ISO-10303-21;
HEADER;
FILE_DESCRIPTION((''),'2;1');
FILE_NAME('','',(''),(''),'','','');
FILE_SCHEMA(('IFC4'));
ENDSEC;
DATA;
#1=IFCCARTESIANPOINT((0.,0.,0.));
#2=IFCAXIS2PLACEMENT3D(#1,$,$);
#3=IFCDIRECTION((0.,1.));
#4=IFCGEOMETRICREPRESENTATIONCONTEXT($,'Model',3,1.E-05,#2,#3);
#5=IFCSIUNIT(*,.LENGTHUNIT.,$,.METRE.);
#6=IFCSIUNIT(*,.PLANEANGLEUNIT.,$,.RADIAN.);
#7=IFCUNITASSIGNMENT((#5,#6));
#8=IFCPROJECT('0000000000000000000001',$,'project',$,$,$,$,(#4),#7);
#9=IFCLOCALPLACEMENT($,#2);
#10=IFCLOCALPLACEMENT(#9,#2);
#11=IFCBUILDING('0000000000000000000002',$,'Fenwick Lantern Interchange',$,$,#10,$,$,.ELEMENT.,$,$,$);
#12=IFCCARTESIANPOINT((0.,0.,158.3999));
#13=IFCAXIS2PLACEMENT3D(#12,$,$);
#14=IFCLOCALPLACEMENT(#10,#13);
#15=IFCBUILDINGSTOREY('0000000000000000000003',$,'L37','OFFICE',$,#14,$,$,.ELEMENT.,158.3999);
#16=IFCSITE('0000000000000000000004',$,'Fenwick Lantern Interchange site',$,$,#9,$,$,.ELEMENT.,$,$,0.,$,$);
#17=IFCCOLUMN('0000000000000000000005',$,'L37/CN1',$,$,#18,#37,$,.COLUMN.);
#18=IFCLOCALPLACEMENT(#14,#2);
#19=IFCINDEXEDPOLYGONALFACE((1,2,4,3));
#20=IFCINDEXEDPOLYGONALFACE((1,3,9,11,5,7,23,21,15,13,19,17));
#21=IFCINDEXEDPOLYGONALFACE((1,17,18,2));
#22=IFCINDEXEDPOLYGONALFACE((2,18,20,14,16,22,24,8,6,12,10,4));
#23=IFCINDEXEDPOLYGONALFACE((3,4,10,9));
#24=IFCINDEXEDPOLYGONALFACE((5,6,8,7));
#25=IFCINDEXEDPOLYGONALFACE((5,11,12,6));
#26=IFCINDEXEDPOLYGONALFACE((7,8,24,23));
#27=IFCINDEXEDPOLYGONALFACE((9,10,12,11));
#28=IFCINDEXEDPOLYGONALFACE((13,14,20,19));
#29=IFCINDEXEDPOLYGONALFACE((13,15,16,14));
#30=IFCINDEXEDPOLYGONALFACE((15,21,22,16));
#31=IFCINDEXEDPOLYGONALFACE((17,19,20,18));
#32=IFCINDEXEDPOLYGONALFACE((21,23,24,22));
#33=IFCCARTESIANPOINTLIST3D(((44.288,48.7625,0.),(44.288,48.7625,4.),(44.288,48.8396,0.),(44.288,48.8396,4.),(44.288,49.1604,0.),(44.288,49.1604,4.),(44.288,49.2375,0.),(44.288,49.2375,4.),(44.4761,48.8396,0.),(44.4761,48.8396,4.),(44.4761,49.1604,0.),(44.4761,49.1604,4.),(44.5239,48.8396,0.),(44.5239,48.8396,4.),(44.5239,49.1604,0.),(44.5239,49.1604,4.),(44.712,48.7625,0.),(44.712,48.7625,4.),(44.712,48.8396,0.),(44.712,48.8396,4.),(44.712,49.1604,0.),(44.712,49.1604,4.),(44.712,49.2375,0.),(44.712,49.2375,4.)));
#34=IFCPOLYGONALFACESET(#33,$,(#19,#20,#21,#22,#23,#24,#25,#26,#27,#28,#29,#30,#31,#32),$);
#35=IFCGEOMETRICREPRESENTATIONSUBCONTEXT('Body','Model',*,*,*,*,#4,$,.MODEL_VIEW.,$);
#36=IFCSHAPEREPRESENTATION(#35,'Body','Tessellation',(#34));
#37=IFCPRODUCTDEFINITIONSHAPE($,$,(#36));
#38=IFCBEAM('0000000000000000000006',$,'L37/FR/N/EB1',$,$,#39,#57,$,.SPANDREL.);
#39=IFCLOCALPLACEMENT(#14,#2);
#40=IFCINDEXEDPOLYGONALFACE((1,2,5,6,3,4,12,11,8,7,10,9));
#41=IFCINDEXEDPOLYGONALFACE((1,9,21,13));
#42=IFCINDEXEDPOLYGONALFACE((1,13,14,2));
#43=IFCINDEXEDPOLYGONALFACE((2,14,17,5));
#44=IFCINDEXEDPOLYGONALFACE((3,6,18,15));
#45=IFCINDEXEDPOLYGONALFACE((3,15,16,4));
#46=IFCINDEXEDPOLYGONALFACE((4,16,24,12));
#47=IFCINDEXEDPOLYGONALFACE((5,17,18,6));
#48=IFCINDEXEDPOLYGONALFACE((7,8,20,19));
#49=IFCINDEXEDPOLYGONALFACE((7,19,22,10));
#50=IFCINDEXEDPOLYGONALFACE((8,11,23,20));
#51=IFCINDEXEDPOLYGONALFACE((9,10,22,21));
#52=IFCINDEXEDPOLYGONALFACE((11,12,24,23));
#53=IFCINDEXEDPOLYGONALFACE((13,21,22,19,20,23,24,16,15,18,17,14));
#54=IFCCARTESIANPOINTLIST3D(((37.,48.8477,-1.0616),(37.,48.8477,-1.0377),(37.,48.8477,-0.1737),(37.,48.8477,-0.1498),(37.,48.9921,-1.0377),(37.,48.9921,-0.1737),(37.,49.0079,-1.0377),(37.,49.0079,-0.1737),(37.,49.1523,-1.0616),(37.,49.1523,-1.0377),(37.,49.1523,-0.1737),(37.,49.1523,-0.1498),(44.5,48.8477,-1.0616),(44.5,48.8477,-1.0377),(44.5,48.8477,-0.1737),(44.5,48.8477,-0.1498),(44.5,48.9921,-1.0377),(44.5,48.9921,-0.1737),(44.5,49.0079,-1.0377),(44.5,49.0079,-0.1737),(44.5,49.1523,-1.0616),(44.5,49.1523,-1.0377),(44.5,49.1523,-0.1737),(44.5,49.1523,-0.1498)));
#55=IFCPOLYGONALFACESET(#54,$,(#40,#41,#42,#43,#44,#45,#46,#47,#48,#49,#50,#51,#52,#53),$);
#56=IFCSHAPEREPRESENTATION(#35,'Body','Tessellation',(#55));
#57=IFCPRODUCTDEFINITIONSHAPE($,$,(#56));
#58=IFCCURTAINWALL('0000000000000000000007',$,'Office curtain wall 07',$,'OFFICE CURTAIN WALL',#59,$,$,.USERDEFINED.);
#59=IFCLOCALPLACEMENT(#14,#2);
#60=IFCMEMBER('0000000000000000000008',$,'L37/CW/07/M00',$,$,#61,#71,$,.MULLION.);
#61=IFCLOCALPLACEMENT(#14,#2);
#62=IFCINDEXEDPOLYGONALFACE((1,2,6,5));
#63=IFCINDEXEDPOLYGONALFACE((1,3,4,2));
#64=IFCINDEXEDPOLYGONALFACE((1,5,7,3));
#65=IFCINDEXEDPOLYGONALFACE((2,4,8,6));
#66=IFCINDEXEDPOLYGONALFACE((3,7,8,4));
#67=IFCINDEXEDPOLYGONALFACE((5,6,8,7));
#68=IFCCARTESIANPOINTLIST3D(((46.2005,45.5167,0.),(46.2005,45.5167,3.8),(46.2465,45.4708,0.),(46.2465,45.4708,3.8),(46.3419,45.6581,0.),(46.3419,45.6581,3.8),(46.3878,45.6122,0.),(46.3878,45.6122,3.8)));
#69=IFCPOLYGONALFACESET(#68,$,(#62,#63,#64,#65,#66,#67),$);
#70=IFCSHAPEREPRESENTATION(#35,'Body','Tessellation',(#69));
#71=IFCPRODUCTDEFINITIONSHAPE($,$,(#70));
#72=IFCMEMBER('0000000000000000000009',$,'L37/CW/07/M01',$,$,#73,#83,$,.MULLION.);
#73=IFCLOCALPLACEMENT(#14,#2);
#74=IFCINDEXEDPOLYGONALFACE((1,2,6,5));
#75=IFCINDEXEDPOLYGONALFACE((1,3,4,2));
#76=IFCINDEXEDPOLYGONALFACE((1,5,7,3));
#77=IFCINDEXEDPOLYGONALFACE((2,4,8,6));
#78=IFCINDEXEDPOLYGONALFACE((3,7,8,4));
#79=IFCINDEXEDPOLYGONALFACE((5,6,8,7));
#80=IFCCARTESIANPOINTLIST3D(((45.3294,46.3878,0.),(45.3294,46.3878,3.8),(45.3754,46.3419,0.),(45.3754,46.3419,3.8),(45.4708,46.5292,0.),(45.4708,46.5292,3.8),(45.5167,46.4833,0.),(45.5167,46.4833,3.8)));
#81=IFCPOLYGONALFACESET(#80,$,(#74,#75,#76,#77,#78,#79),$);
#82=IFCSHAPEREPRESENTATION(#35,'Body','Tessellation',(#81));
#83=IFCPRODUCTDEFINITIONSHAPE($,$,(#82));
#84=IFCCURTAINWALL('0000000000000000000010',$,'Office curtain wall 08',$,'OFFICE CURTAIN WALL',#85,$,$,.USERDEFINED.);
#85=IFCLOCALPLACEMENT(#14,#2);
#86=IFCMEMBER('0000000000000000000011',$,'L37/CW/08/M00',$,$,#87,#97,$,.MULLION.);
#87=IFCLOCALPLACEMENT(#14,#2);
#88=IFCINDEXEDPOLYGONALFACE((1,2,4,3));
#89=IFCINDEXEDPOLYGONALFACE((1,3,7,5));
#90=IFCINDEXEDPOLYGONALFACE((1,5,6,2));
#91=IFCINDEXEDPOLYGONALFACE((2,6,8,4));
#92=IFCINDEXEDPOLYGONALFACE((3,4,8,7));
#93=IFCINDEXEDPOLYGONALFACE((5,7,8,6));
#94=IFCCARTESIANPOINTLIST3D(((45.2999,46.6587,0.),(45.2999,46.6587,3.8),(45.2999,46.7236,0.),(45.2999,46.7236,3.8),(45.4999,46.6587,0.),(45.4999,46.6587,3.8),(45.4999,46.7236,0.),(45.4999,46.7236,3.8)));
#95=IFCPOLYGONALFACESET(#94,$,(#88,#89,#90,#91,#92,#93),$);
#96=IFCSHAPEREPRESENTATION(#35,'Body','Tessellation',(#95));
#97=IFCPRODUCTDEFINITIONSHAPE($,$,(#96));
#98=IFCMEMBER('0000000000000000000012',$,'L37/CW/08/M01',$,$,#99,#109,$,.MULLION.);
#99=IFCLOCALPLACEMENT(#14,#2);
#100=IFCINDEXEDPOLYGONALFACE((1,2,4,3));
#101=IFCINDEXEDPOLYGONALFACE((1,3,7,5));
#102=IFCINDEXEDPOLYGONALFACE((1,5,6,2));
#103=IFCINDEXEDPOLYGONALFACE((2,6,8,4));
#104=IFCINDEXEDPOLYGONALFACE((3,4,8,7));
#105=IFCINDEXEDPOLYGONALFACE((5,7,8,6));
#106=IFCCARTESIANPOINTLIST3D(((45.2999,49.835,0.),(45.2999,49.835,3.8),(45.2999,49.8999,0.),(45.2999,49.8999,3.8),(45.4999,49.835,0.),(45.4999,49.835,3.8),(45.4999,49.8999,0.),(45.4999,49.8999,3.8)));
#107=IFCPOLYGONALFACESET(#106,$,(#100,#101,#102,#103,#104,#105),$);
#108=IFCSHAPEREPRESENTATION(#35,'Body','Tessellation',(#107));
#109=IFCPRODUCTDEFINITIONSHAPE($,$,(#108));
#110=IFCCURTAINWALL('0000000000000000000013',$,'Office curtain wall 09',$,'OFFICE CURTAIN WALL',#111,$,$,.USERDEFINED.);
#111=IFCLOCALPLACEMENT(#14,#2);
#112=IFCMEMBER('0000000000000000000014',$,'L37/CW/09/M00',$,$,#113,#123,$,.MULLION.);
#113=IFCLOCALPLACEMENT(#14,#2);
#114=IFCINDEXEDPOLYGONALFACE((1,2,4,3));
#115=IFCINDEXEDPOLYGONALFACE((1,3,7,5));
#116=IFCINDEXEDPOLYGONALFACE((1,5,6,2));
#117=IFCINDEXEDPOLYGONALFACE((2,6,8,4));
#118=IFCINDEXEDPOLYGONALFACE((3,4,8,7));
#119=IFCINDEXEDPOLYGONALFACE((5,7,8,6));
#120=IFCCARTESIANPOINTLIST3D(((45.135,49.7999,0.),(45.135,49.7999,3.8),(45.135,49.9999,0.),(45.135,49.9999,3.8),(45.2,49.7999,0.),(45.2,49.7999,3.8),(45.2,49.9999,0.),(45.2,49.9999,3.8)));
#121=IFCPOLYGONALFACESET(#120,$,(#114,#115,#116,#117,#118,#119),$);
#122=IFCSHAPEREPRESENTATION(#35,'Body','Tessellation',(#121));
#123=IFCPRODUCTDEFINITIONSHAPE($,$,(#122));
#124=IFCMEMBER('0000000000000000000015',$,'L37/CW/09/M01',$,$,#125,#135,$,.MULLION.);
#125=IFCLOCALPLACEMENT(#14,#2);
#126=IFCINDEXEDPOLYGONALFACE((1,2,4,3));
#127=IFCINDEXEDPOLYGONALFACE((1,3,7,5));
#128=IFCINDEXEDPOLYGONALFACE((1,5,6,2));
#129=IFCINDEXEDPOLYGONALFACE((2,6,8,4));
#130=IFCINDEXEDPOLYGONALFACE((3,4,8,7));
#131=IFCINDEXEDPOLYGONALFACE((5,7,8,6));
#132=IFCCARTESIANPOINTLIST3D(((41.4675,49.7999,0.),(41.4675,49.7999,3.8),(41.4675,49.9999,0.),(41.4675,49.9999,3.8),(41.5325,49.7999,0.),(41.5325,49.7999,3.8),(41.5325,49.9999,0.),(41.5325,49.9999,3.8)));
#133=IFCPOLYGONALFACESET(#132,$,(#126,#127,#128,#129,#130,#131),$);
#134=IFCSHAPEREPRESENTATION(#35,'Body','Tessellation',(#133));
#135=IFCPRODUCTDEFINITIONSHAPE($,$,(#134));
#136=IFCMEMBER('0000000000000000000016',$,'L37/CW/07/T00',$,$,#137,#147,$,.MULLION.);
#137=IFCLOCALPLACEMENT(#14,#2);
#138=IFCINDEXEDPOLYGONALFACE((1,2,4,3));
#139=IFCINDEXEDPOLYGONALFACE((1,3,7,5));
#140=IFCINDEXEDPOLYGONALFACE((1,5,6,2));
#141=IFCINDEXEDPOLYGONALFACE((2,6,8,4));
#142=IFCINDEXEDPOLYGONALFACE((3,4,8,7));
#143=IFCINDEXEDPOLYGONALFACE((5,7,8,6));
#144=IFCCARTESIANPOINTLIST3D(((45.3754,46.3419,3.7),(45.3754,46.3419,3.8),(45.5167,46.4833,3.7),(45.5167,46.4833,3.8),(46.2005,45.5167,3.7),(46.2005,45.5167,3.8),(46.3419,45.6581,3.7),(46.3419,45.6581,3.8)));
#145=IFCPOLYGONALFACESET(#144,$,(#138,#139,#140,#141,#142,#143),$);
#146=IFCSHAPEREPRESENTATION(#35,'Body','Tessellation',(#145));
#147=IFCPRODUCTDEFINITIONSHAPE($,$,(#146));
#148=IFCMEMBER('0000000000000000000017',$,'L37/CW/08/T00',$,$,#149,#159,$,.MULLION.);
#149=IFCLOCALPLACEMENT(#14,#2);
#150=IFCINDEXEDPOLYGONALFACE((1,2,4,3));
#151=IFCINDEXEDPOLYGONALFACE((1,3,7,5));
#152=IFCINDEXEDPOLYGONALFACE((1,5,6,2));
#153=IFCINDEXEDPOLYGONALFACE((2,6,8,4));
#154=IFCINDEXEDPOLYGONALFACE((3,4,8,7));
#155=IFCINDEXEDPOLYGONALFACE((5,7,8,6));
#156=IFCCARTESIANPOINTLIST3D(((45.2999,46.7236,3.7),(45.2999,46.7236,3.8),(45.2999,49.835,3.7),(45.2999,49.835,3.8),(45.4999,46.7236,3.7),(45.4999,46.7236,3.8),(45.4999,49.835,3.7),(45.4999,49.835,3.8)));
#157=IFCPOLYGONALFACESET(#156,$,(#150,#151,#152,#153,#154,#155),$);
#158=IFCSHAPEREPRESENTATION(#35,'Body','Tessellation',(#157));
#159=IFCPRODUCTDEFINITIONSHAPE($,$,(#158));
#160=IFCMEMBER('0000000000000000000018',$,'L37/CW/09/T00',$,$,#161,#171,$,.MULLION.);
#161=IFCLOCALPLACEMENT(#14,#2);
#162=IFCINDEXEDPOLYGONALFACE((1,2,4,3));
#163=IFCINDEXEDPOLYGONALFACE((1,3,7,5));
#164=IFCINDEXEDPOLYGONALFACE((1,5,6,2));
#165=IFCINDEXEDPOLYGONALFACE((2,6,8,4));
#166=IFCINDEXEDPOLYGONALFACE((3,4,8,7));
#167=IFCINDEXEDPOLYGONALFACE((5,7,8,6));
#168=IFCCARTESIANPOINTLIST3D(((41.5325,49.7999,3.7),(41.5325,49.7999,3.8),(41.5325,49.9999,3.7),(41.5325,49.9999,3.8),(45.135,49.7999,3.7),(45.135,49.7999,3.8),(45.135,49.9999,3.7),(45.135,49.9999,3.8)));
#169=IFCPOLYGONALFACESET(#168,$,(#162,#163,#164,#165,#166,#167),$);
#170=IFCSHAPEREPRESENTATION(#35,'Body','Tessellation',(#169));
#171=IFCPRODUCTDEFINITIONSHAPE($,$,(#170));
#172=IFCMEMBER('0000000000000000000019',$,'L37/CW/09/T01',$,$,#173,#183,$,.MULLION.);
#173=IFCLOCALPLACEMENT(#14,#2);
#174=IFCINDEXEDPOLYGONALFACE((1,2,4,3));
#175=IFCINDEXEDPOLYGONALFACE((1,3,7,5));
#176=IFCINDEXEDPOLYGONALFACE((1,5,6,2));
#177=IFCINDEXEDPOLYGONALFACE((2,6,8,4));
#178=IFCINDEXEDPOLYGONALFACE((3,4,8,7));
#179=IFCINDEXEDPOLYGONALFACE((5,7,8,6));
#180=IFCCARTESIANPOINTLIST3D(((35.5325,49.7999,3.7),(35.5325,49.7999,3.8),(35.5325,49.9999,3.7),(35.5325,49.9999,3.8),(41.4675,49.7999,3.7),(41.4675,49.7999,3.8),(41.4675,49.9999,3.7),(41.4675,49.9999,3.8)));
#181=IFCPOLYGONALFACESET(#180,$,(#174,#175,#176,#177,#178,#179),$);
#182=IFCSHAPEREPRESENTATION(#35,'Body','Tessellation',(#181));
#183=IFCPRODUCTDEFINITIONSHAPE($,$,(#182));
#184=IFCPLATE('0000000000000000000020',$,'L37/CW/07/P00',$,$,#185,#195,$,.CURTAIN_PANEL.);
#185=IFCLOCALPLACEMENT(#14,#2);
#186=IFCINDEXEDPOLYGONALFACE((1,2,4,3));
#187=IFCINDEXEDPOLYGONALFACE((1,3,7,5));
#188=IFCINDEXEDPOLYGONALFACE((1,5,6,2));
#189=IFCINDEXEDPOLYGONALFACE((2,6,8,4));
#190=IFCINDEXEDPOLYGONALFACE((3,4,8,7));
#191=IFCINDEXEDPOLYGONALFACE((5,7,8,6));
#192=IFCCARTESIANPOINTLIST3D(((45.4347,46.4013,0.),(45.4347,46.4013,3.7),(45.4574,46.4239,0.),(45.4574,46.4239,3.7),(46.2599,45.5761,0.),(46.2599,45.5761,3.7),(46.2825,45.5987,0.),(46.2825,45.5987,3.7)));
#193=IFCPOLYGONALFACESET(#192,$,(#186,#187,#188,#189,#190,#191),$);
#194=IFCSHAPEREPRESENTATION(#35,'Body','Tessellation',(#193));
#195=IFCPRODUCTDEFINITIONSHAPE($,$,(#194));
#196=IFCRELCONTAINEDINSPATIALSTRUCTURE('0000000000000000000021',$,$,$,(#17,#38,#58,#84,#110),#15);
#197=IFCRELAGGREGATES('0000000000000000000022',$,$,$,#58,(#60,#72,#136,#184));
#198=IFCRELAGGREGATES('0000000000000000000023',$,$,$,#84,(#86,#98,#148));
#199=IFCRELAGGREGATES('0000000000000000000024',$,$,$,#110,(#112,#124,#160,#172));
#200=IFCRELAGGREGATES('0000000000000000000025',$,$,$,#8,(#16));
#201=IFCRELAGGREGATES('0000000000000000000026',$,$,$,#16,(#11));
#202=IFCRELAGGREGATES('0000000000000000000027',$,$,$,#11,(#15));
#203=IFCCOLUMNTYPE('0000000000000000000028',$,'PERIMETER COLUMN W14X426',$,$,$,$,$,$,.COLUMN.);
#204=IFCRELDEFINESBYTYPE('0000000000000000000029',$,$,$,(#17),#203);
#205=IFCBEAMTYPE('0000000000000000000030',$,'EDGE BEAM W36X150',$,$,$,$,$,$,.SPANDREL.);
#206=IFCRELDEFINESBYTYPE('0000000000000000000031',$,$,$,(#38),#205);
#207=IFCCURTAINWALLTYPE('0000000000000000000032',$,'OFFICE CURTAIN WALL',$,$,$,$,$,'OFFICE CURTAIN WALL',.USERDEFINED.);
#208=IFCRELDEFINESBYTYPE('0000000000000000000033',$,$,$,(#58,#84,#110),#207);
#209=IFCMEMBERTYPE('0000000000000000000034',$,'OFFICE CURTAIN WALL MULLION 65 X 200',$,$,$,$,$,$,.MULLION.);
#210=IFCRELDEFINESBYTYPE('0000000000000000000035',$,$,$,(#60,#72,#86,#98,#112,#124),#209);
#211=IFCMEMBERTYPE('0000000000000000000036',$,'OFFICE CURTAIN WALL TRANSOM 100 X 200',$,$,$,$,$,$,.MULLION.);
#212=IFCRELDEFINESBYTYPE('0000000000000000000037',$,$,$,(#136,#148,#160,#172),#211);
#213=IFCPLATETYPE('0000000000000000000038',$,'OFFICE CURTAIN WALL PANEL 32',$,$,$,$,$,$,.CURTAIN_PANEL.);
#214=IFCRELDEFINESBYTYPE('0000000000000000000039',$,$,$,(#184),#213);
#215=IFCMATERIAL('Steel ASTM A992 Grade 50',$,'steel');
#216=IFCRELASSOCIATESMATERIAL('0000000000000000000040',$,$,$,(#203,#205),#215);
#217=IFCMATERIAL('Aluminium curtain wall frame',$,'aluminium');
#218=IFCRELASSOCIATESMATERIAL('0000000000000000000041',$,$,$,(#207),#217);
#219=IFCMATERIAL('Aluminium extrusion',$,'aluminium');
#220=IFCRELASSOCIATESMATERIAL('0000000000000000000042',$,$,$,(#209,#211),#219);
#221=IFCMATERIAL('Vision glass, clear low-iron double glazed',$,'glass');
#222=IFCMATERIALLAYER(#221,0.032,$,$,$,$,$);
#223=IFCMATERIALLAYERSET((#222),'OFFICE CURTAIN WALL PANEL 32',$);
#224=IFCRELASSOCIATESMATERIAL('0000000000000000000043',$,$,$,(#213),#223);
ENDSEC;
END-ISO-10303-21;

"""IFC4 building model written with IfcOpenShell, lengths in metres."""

from ifc_helpers import new_model, si_unit, direction, frame, origin, origin_2d, place, context, subcontext, project, spatial, rectangle, i_section, extrude, material, layer, layer_set, material_profile, profile_set, type_object, element, aggregate, save


model = new_model("IFC4")

# Units and contexts
model_context = context("Model", 3, precision=1e-05, world=origin(), true_north=direction((0.0, 1.0)))
body_context = subcontext(model_context, "Body", "Model", "MODEL_VIEW")
ifc_project = project(units=[si_unit("LENGTHUNIT", "METRE"), si_unit("PLANEANGLEUNIT", "RADIAN")], contexts=[model_context])

# Site, building, storey
site_placement = place(None, origin())
site = spatial("IfcSite", under=ifc_project, at=site_placement, Name="Fenwick Lantern Interchange site", CompositionType="ELEMENT", RefElevation=0.0)
building_placement = place(site_placement, origin())
building = spatial("IfcBuilding", under=site, at=building_placement, Name="Fenwick Lantern Interchange", CompositionType="ELEMENT")
storey_placement = place(building_placement, frame((0.0, 0.0, 158.3999)))
storey = spatial("IfcBuildingStorey", under=building, at=storey_placement, Name="L37", Description="OFFICE", CompositionType="ELEMENT", Elevation=158.3999)

# Column
ifc_material_1 = material(Name="Steel ASTM A992 Grade 50", Category="steel")
ifc_material_profile_1 = material_profile(ifc_material_1, i_section(OverallWidth=0.4241, OverallDepth=0.4751, WebThickness=0.0479, FlangeThickness=0.0771, at=origin_2d()), Name="W14X426")
ifc_profile_set_1 = profile_set([ifc_material_profile_1], Name="Steel ASTM A992 Grade 50")
column_type = type_object("IfcColumnType", Name="PERIMETER COLUMN W14X426", PredefinedType="COLUMN", material=ifc_profile_set_1)
column_placement = place(storey_placement, frame((44.5, 49.0, 0.0), z_axis=(0.0, 0.0, 1.0), x_axis=(1.0, 0.0, 0.0)))
element("IfcColumn", 1, at=column_placement, inside=storey, type_object=column_type, Name="L37/CN1", PredefinedType="COLUMN", context=body_context, shape_type="SweptSolid", body=[
    extrude(i_section(OverallWidth=0.4241, OverallDepth=0.4751, WebThickness=0.0479, FlangeThickness=0.0771, at=origin_2d()), origin(), (0.0, 0.0, 1.0), 4.0),
])

# Beam
ifc_material_profile_2 = material_profile(ifc_material_1, i_section(OverallWidth=0.3047, OverallDepth=0.9119, WebThickness=0.0159, FlangeThickness=0.0239, at=origin_2d()), Name="W36X150")
ifc_profile_set_2 = profile_set([ifc_material_profile_2], Name="Steel ASTM A992 Grade 50")
beam_type = type_object("IfcBeamType", Name="EDGE BEAM W36X150", PredefinedType="SPANDREL", material=ifc_profile_set_2)
beam_placement = place(storey_placement, frame((44.5, 49.0, -0.6057), z_axis=(-1.0, 0.0, 0.0), x_axis=(0.0, -1.0, 0.0)))
element("IfcBeam", 2, at=beam_placement, inside=storey, type_object=beam_type, Name="L37/FR/N/EB1", PredefinedType="SPANDREL", context=body_context, shape_type="SweptSolid", body=[
    extrude(i_section(OverallWidth=0.3047, OverallDepth=0.9119, WebThickness=0.0159, FlangeThickness=0.0239, at=origin_2d()), origin(), (0.0, 0.0, 1.0), 7.5),
])

# Curtain walls, members
ifc_material_2 = material(Name="Aluminium curtain wall frame", Category="aluminium")
curtain_wall_type = type_object("IfcCurtainWallType", Name="OFFICE CURTAIN WALL", ElementType="OFFICE CURTAIN WALL", PredefinedType="USERDEFINED", material=ifc_material_2)
curtain_wall_1_placement = place(storey_placement, origin())
curtain_wall_1 = element("IfcCurtainWall", 3, at=curtain_wall_1_placement, inside=storey, type_object=curtain_wall_type, Name="Office curtain wall 07", ObjectType="OFFICE CURTAIN WALL", PredefinedType="USERDEFINED")
ifc_material_3 = material(Name="Aluminium extrusion", Category="aluminium")
ifc_material_profile_3 = material_profile(ifc_material_3, rectangle(XDim=0.2, YDim=0.0649, at=origin_2d()), Name="OFFICE CURTAIN WALL MULLION 65 X 200")
ifc_profile_set_3 = profile_set([ifc_material_profile_3], Name="Aluminium extrusion")
member_type_1 = type_object("IfcMemberType", Name="OFFICE CURTAIN WALL MULLION 65 X 200", PredefinedType="MULLION", material=ifc_profile_set_3)
member_1_placement = place(storey_placement, frame((46.2942, 45.5645, 0.0), z_axis=(0.0, 0.0, 1.0), x_axis=(-0.707107, -0.707107, 0.0)))
member_1 = element("IfcMember", 4, at=member_1_placement, type_object=member_type_1, Name="L37/CW/07/M00", PredefinedType="MULLION", context=body_context, shape_type="SweptSolid", body=[
    extrude(rectangle(XDim=0.2, YDim=0.0649, at=origin_2d()), origin(), (0.0, 0.0, 1.0), 3.8),
])
member_2_placement = place(storey_placement, frame((45.4231, 46.4355, 0.0), z_axis=(0.0, 0.0, 1.0), x_axis=(-0.707107, -0.707107, 0.0)))
member_2 = element("IfcMember", 5, at=member_2_placement, type_object=member_type_1, Name="L37/CW/07/M01", PredefinedType="MULLION", context=body_context, shape_type="SweptSolid", body=[
    extrude(rectangle(XDim=0.2, YDim=0.0649, at=origin_2d()), origin(), (0.0, 0.0, 1.0), 3.8),
])
curtain_wall_2_placement = place(storey_placement, origin())
curtain_wall_2 = element("IfcCurtainWall", 6, at=curtain_wall_2_placement, inside=storey, type_object=curtain_wall_type, Name="Office curtain wall 08", ObjectType="OFFICE CURTAIN WALL", PredefinedType="USERDEFINED")
member_3_placement = place(storey_placement, frame((45.3999, 46.6912, 0.0), z_axis=(0.0, 0.0, 1.0), x_axis=(-1.0, 0.0, 0.0)))
member_3 = element("IfcMember", 7, at=member_3_placement, type_object=member_type_1, Name="L37/CW/08/M00", PredefinedType="MULLION", context=body_context, shape_type="SweptSolid", body=[
    extrude(rectangle(XDim=0.2, YDim=0.0649, at=origin_2d()), origin(), (0.0, 0.0, 1.0), 3.8),
])
member_4_placement = place(storey_placement, frame((45.3999, 49.8674, 0.0), z_axis=(0.0, 0.0, 1.0), x_axis=(-1.0, 0.0, 0.0)))
member_4 = element("IfcMember", 8, at=member_4_placement, type_object=member_type_1, Name="L37/CW/08/M01", PredefinedType="MULLION", context=body_context, shape_type="SweptSolid", body=[
    extrude(rectangle(XDim=0.2, YDim=0.0649, at=origin_2d()), origin(), (0.0, 0.0, 1.0), 3.8),
])
curtain_wall_3_placement = place(storey_placement, origin())
curtain_wall_3 = element("IfcCurtainWall", 9, at=curtain_wall_3_placement, inside=storey, type_object=curtain_wall_type, Name="Office curtain wall 09", ObjectType="OFFICE CURTAIN WALL", PredefinedType="USERDEFINED")
member_5_placement = place(storey_placement, frame((45.1675, 49.8999, 0.0), z_axis=(0.0, 0.0, 1.0), x_axis=(0.0, -1.0, 0.0)))
member_5 = element("IfcMember", 10, at=member_5_placement, type_object=member_type_1, Name="L37/CW/09/M00", PredefinedType="MULLION", context=body_context, shape_type="SweptSolid", body=[
    extrude(rectangle(XDim=0.2, YDim=0.0649, at=origin_2d()), origin(), (0.0, 0.0, 1.0), 3.8),
])
member_6_placement = place(storey_placement, frame((41.5, 49.8999, 0.0), z_axis=(0.0, 0.0, 1.0), x_axis=(0.0, -1.0, 0.0)))
member_6 = element("IfcMember", 11, at=member_6_placement, type_object=member_type_1, Name="L37/CW/09/M01", PredefinedType="MULLION", context=body_context, shape_type="SweptSolid", body=[
    extrude(rectangle(XDim=0.2, YDim=0.0649, at=origin_2d()), origin(), (0.0, 0.0, 1.0), 3.8),
])

# Members
ifc_material_profile_4 = material_profile(ifc_material_3, rectangle(XDim=0.2, YDim=0.1001, at=origin_2d()), Name="OFFICE CURTAIN WALL TRANSOM 100 X 200")
ifc_profile_set_4 = profile_set([ifc_material_profile_4], Name="Aluminium extrusion")
member_type_2 = type_object("IfcMemberType", Name="OFFICE CURTAIN WALL TRANSOM 100 X 200", PredefinedType="MULLION", material=ifc_profile_set_4)
member_7_placement = place(storey_placement, frame((46.2712, 45.5874, 3.75), z_axis=(-0.707107, 0.707107, 0.0), x_axis=(-0.707107, -0.707107, 0.0)))
member_7 = element("IfcMember", 12, at=member_7_placement, type_object=member_type_2, Name="L37/CW/07/T00", PredefinedType="MULLION", context=body_context, shape_type="SweptSolid", body=[
    extrude(rectangle(XDim=0.2, YDim=0.1001, at=origin_2d()), origin(), (0.0, 0.0, 1.0), 1.167),
])
member_8_placement = place(storey_placement, frame((45.3999, 46.7236, 3.75), z_axis=(0.0, 1.0, 0.0), x_axis=(-1.0, 0.0, 0.0)))
member_8 = element("IfcMember", 13, at=member_8_placement, type_object=member_type_2, Name="L37/CW/08/T00", PredefinedType="MULLION", context=body_context, shape_type="SweptSolid", body=[
    extrude(rectangle(XDim=0.2, YDim=0.1001, at=origin_2d()), origin(), (0.0, 0.0, 1.0), 3.1113),
])
member_9_placement = place(storey_placement, frame((45.135, 49.8999, 3.75), z_axis=(-1.0, 0.0, 0.0), x_axis=(0.0, -1.0, 0.0)))
member_9 = element("IfcMember", 14, at=member_9_placement, type_object=member_type_2, Name="L37/CW/09/T00", PredefinedType="MULLION", context=body_context, shape_type="SweptSolid", body=[
    extrude(rectangle(XDim=0.2, YDim=0.1001, at=origin_2d()), origin(), (0.0, 0.0, 1.0), 3.6025),
])
member_10_placement = place(storey_placement, frame((41.4675, 49.8999, 3.75), z_axis=(-1.0, 0.0, 0.0), x_axis=(0.0, -1.0, 0.0)))
member_10 = element("IfcMember", 15, at=member_10_placement, type_object=member_type_2, Name="L37/CW/09/T01", PredefinedType="MULLION", context=body_context, shape_type="SweptSolid", body=[
    extrude(rectangle(XDim=0.2, YDim=0.1001, at=origin_2d()), origin(), (0.0, 0.0, 1.0), 5.9351),
])

# Plate
ifc_material_4 = material(Name="Vision glass, clear low-iron double glazed", Category="glass")
ifc_layer_1 = layer(ifc_material_4, 0.032)
ifc_layer_set_1 = layer_set([ifc_layer_1], Name="OFFICE CURTAIN WALL PANEL 32")
plate_type = type_object("IfcPlateType", Name="OFFICE CURTAIN WALL PANEL 32", PredefinedType="CURTAIN_PANEL", material=ifc_layer_set_1)
plate_1_placement = place(storey_placement, frame((45.8586, 46.0, 0.0), z_axis=(0.0, 0.0, 1.0), x_axis=(-0.707107, 0.707107, 0.0)))
plate_1 = element("IfcPlate", 16, at=plate_1_placement, type_object=plate_type, Name="L37/CW/07/P00", PredefinedType="CURTAIN_PANEL", context=body_context, shape_type="SweptSolid", body=[
    extrude(rectangle(XDim=1.167, YDim=0.032, at=origin_2d()), origin(), (0.0, 0.0, 1.0), 3.7),
])
aggregate(curtain_wall_1, [member_1, member_2, member_7, plate_1])
aggregate(curtain_wall_2, [member_3, member_4, member_8])
aggregate(curtain_wall_3, [member_5, member_6, member_9, member_10])

save(model, "model.ifc")
